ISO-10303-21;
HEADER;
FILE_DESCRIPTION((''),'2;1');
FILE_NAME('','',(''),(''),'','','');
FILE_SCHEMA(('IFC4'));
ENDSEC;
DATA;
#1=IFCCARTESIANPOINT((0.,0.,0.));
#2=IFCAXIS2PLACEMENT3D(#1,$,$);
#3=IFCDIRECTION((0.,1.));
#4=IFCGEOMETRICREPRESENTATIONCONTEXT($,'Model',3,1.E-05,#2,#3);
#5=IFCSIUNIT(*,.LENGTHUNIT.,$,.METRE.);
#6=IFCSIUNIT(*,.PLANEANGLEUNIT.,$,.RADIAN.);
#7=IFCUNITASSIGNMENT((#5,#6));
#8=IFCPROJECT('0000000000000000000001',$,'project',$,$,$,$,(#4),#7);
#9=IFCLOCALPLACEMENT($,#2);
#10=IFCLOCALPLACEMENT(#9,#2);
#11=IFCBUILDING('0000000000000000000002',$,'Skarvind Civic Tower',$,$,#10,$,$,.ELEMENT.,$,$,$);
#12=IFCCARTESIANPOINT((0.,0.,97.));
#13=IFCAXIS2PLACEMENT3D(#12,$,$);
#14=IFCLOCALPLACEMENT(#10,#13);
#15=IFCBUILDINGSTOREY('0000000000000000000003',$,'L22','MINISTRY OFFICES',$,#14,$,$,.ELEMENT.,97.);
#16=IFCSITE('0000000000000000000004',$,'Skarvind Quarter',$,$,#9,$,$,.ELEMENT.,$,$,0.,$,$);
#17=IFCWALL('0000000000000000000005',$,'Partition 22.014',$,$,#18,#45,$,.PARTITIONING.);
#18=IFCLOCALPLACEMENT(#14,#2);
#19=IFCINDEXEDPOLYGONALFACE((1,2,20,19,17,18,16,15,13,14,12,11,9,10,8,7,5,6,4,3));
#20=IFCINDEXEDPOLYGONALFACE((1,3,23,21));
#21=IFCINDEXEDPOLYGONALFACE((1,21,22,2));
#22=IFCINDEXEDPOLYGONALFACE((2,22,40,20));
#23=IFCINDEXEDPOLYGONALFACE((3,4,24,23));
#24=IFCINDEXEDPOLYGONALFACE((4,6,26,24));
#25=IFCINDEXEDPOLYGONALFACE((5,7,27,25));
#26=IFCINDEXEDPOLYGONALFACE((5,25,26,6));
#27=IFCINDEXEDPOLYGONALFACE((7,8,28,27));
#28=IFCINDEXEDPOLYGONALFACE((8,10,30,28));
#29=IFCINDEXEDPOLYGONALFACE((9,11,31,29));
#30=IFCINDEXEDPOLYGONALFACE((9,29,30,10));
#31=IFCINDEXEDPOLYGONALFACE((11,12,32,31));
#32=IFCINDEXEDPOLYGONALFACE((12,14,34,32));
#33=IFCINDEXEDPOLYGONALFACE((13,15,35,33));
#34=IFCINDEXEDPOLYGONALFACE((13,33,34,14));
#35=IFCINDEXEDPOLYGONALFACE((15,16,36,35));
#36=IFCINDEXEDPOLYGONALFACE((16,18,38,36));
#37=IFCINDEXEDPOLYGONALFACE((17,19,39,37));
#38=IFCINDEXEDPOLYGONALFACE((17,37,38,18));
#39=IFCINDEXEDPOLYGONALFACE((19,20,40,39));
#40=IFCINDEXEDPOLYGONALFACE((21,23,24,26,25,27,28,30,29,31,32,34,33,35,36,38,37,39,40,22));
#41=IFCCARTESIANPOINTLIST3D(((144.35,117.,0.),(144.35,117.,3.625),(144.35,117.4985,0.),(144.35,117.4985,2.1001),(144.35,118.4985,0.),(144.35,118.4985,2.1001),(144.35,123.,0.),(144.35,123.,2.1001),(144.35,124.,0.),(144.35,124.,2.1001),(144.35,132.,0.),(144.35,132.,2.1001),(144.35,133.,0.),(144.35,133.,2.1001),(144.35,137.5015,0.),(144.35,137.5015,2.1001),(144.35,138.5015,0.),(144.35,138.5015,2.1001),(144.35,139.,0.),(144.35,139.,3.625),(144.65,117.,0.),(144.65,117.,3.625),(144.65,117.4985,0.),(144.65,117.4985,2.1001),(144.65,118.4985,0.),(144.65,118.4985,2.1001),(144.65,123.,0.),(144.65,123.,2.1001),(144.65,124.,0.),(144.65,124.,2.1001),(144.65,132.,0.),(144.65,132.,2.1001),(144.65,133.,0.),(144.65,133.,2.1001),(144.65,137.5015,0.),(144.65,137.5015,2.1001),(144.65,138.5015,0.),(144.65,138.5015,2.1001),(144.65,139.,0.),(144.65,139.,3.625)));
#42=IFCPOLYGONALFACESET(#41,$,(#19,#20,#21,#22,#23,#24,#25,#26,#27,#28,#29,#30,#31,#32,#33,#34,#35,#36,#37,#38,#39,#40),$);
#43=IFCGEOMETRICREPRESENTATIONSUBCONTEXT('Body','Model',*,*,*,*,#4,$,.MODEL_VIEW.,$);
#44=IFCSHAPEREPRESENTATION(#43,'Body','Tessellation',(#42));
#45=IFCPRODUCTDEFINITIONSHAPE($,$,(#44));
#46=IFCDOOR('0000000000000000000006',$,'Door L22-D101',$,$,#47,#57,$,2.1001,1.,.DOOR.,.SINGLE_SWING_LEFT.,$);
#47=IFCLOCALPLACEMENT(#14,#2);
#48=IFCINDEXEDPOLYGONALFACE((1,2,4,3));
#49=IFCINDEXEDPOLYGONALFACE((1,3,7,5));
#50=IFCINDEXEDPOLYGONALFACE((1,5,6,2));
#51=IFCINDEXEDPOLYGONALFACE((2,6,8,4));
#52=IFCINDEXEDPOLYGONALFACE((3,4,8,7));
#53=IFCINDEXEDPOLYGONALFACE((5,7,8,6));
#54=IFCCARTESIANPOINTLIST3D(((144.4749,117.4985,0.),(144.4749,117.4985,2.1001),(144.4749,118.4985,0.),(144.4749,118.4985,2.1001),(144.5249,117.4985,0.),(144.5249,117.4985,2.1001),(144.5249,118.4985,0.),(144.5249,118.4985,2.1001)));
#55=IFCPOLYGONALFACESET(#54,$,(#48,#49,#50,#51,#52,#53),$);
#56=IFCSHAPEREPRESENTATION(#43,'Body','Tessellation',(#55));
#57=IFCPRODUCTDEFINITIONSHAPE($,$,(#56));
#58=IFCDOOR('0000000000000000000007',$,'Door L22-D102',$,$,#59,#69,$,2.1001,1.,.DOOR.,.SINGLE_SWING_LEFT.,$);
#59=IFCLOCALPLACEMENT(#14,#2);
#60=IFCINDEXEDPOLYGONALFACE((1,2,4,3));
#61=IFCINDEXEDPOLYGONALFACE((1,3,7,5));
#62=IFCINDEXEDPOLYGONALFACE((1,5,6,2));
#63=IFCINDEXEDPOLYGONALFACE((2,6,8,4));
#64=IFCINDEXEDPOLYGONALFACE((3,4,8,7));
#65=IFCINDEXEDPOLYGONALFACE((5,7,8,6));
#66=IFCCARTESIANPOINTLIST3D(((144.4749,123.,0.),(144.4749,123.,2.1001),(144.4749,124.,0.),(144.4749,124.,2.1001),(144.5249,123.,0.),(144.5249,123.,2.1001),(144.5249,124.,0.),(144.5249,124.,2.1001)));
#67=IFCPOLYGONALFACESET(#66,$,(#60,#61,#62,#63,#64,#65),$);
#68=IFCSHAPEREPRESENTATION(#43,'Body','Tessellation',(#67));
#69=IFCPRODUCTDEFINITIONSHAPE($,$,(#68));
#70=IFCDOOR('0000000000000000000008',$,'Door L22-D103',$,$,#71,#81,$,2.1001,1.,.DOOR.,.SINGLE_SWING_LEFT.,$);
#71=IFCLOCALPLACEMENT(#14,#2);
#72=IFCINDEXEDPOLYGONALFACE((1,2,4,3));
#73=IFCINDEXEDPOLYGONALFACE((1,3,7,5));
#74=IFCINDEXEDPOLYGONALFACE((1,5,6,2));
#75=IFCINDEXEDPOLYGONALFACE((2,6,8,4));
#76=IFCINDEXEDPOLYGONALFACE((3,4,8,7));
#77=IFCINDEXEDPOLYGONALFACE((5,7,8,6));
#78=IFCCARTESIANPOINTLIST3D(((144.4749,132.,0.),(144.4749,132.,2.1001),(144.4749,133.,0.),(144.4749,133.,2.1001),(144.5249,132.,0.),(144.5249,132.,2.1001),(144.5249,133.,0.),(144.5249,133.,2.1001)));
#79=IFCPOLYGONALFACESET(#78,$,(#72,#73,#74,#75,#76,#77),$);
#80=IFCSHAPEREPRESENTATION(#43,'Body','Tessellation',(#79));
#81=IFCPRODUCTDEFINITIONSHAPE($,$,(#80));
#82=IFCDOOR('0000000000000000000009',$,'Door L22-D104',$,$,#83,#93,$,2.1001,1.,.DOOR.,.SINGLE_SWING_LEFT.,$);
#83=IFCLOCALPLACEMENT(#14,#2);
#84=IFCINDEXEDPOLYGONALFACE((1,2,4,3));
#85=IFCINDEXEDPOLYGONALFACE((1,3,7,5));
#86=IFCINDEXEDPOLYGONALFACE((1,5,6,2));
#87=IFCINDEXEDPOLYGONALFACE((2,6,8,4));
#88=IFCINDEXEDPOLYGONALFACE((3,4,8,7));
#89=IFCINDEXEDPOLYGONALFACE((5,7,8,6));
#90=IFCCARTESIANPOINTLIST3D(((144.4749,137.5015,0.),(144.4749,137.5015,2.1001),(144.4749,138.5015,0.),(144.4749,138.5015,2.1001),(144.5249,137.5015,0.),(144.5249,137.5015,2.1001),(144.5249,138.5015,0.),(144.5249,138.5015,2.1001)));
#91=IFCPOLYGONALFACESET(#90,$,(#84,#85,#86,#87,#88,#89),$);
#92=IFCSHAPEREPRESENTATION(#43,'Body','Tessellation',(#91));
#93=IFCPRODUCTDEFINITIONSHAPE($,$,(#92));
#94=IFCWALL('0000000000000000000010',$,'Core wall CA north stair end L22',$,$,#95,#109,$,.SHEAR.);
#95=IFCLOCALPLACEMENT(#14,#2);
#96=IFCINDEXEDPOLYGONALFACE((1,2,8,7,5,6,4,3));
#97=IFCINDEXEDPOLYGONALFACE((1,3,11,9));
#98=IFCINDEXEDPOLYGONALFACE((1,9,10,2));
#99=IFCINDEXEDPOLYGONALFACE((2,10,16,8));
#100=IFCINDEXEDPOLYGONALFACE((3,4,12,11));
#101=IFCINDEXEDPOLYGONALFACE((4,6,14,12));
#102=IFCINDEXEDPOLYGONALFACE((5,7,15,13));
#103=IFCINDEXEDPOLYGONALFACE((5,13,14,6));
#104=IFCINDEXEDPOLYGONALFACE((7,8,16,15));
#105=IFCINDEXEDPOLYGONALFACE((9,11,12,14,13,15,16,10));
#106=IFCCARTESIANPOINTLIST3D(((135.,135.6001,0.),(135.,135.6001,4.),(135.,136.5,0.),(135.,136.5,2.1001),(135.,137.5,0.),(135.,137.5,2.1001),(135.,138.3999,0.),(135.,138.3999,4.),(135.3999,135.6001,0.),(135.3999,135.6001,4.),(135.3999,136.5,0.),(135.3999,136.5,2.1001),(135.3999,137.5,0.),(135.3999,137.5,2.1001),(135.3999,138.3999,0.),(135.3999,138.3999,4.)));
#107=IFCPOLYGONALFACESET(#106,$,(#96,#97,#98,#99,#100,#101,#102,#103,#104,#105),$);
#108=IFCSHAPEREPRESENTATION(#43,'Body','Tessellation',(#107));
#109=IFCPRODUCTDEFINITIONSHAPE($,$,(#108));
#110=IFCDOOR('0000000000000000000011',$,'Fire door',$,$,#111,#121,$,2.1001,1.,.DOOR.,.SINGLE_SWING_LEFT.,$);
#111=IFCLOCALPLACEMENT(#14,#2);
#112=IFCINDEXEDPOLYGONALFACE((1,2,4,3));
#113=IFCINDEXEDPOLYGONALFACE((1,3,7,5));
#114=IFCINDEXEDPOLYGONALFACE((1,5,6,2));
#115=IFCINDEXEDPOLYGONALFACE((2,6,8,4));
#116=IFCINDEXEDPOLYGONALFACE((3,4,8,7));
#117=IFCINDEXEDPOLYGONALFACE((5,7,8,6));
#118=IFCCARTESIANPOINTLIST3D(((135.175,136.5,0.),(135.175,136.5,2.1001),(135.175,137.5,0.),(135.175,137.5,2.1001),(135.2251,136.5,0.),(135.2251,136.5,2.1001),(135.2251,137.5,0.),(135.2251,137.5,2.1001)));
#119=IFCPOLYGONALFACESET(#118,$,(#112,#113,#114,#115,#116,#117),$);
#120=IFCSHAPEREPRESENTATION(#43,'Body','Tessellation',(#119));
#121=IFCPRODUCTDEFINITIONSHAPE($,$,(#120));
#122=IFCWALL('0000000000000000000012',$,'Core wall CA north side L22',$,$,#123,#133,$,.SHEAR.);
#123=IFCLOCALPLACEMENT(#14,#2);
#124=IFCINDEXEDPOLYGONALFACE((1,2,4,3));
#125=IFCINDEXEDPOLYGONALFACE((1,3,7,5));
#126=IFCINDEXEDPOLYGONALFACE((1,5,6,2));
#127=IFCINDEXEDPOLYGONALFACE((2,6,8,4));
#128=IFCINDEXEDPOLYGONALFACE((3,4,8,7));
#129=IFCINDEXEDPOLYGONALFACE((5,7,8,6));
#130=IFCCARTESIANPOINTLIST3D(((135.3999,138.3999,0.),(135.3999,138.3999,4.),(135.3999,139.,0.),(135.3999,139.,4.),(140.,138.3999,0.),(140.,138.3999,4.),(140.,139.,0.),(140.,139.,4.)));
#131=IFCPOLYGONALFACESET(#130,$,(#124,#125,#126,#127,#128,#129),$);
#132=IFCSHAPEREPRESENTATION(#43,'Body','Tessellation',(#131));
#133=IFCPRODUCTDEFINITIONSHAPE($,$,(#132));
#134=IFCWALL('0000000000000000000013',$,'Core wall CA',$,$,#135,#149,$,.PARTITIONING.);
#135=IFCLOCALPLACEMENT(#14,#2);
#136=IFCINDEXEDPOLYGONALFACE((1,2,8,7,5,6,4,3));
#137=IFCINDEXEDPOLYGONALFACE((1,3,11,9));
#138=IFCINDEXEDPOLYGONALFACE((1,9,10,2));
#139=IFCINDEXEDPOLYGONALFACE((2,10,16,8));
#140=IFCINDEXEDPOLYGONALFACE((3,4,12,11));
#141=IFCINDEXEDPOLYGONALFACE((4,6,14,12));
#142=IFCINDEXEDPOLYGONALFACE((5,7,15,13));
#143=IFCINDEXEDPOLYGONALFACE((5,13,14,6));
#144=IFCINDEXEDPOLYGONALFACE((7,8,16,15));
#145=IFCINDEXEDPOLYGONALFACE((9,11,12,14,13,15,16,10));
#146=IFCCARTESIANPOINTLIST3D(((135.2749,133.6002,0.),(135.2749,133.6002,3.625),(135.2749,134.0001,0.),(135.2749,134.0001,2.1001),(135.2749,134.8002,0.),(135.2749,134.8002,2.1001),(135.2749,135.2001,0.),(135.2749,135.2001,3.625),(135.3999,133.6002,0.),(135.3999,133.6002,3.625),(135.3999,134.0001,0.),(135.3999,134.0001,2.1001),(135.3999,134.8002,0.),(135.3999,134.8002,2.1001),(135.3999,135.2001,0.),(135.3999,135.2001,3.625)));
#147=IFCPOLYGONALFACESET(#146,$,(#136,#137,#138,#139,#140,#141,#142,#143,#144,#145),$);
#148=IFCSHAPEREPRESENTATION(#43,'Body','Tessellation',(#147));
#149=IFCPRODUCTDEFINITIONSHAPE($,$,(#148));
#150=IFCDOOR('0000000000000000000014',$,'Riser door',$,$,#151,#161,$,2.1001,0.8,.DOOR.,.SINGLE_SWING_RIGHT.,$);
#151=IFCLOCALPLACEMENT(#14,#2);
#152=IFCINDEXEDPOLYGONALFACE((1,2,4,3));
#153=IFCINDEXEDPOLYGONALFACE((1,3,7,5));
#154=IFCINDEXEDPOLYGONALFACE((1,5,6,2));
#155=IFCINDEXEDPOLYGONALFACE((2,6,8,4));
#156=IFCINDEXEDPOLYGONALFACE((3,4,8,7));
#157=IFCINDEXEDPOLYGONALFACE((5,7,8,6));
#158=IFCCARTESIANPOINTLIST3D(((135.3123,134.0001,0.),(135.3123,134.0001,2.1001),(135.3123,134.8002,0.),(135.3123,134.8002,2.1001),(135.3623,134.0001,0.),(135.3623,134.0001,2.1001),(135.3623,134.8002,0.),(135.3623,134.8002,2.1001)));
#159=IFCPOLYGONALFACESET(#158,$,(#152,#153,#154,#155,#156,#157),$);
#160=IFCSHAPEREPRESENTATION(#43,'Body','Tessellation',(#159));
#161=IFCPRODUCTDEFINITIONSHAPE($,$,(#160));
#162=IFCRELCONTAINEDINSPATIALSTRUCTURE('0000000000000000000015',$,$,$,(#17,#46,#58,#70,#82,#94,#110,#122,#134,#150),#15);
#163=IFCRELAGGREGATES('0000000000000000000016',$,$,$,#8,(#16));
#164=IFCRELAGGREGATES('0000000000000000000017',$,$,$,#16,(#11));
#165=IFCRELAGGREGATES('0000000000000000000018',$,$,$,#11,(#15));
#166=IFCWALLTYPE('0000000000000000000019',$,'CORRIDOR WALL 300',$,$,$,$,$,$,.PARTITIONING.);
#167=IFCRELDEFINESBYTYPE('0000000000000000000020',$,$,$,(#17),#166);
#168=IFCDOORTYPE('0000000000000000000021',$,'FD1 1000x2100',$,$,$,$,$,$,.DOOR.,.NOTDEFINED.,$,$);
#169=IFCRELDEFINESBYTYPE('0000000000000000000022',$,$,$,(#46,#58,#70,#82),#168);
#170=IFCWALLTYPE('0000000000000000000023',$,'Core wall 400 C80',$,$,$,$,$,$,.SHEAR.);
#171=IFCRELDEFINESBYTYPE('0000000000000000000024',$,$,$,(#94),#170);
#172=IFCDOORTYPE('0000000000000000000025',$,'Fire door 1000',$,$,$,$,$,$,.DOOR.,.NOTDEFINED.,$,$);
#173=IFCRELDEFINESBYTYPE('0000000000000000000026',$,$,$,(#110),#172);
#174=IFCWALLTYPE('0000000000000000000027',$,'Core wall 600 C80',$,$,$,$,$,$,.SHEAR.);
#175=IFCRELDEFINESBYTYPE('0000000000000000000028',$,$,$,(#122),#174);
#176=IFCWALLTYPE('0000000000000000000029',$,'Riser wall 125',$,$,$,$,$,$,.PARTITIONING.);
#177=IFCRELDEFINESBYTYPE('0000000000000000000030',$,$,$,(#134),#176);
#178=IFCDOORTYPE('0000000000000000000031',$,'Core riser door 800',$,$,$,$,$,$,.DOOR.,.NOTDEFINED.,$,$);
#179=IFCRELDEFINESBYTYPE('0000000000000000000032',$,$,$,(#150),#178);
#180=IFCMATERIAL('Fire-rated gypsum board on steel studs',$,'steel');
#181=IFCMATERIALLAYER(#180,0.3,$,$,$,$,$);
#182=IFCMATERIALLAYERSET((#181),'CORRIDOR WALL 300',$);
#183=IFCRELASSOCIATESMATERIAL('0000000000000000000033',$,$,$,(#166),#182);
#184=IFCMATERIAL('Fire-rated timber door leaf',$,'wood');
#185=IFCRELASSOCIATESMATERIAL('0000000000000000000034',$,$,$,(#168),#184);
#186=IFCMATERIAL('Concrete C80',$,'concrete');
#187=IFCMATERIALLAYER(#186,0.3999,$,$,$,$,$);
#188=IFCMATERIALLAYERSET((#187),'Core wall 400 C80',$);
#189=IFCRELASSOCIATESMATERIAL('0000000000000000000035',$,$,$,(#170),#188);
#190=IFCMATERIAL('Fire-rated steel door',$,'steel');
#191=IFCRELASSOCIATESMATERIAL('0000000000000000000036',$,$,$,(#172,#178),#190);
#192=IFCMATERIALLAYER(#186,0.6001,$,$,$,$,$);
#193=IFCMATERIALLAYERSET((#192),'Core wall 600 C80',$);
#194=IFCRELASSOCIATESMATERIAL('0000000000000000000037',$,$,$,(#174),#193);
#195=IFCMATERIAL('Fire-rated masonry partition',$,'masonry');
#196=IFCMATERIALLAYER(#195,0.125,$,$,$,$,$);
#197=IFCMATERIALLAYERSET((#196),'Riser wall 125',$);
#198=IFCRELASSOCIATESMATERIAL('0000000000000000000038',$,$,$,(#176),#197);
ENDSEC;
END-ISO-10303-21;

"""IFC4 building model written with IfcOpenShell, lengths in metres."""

from ifc_helpers import new_model, si_unit, direction, frame, frame_2d, origin, place, context, subcontext, project, spatial, rectangle, extrude, material, layer, layer_set, type_object, element, fill, save


model = new_model("IFC4")

# Units and contexts
model_context = context("Model", 3, precision=1e-05, world=origin(), true_north=direction((0.0, 1.0)))
body_context = subcontext(model_context, "Body", "Model", "MODEL_VIEW")
ifc_project = project(units=[si_unit("LENGTHUNIT", "METRE"), si_unit("PLANEANGLEUNIT", "RADIAN")], contexts=[model_context])

# Site, building, storey
site_placement = place(None, origin())
site = spatial("IfcSite", under=ifc_project, at=site_placement, Name="Skarvind Quarter", CompositionType="ELEMENT", RefElevation=0.0)
building_placement = place(site_placement, origin())
building = spatial("IfcBuilding", under=site, at=building_placement, Name="Skarvind Civic Tower", CompositionType="ELEMENT")
storey_placement = place(building_placement, frame((0.0, 0.0, 97.0)))
storey = spatial("IfcBuildingStorey", under=building, at=storey_placement, Name="L22", Description="MINISTRY OFFICES", CompositionType="ELEMENT", Elevation=97.0)

# Shared definitions
ifc_material_1 = material(Name="Fire-rated gypsum board on steel studs", Category="steel")
ifc_layer_1 = layer(ifc_material_1, 0.3)
ifc_layer_set_1 = layer_set([ifc_layer_1], Name="CORRIDOR WALL 300")
wall_type_1 = type_object("IfcWallType", Name="CORRIDOR WALL 300", PredefinedType="PARTITIONING", material=ifc_layer_set_1)
ifc_material_2 = material(Name="Fire-rated timber door leaf", Category="wood")
door_type_1 = type_object("IfcDoorType", Name="FD1 1000x2100", OperationType="NOTDEFINED", PredefinedType="DOOR", material=ifc_material_2)

# Wall, openings, doors
wall_1_placement = place(storey_placement, frame((144.5, 139.0, 0.0), z_axis=(0.0, 0.0, 1.0), x_axis=(0.0, -1.0, 0.0)))
wall_1 = element("IfcWall", 1, at=wall_1_placement, inside=storey, type_object=wall_type_1, Name="Partition 22.014", PredefinedType="PARTITIONING", context=body_context, shape_type="SweptSolid", body=[
    extrude(rectangle(XDim=22.0, YDim=0.3, at=frame_2d((11.0, 0.0))), origin(), (0.0, 0.0, 1.0), 3.625),
])
opening_1_placement = place(wall_1_placement, frame((20.5015, 0.0, 0.0)))
opening_1 = element("IfcOpeningElement", 2, at=opening_1_placement, cuts=wall_1, PredefinedType="OPENING", context=body_context, shape_type="SweptSolid", body=[
    extrude(rectangle(XDim=1.0, YDim=2.1001, at=frame_2d((0.5, 1.05))), frame((0.0, 0.1599, 0.0), z_axis=(0.0, -1.0, 0.0), x_axis=(1.0, 0.0, 0.0)), (0.0, 0.0, 1.0), 0.3201),
])
opening_2_placement = place(wall_1_placement, frame((15.0, 0.0, 0.0)))
opening_2 = element("IfcOpeningElement", 3, at=opening_2_placement, cuts=wall_1, PredefinedType="OPENING", context=body_context, shape_type="SweptSolid", body=[
    extrude(rectangle(XDim=1.0, YDim=2.1001, at=frame_2d((0.5, 1.05))), frame((0.0, 0.1599, 0.0), z_axis=(0.0, -1.0, 0.0), x_axis=(1.0, 0.0, 0.0)), (0.0, 0.0, 1.0), 0.3201),
])
opening_3_placement = place(wall_1_placement, frame((6.0, 0.0, 0.0)))
opening_3 = element("IfcOpeningElement", 4, at=opening_3_placement, cuts=wall_1, PredefinedType="OPENING", context=body_context, shape_type="SweptSolid", body=[
    extrude(rectangle(XDim=1.0, YDim=2.1001, at=frame_2d((0.5, 1.05))), frame((0.0, 0.1599, 0.0), z_axis=(0.0, -1.0, 0.0), x_axis=(1.0, 0.0, 0.0)), (0.0, 0.0, 1.0), 0.3201),
])
opening_4_placement = place(wall_1_placement, frame((0.4985, 0.0, 0.0)))
opening_4 = element("IfcOpeningElement", 5, at=opening_4_placement, cuts=wall_1, PredefinedType="OPENING", context=body_context, shape_type="SweptSolid", body=[
    extrude(rectangle(XDim=1.0, YDim=2.1001, at=frame_2d((0.5, 1.05))), frame((0.0, 0.1599, 0.0), z_axis=(0.0, -1.0, 0.0), x_axis=(1.0, 0.0, 0.0)), (0.0, 0.0, 1.0), 0.3201),
])
door_1_placement = place(opening_1_placement, origin())
door_1 = element("IfcDoor", 6, at=door_1_placement, inside=storey, type_object=door_type_1, Name="Door L22-D101", OperationType="SINGLE_SWING_LEFT", OverallHeight=2.1001, OverallWidth=1.0, PredefinedType="DOOR", context=body_context, shape_type="SweptSolid", body=[
    extrude(rectangle(XDim=1.0, YDim=2.1001, at=frame_2d((0.5, 1.05))), frame((0.0, 0.0249, 0.0), z_axis=(0.0, -1.0, 0.0), x_axis=(1.0, 0.0, 0.0)), (0.0, 0.0, 1.0), 0.05),
])
fill(opening_1, door_1)
door_2_placement = place(opening_2_placement, origin())
door_2 = element("IfcDoor", 7, at=door_2_placement, inside=storey, type_object=door_type_1, Name="Door L22-D102", OperationType="SINGLE_SWING_LEFT", OverallHeight=2.1001, OverallWidth=1.0, PredefinedType="DOOR", context=body_context, shape_type="SweptSolid", body=[
    extrude(rectangle(XDim=1.0, YDim=2.1001, at=frame_2d((0.5, 1.05))), frame((0.0, 0.0249, 0.0), z_axis=(0.0, -1.0, 0.0), x_axis=(1.0, 0.0, 0.0)), (0.0, 0.0, 1.0), 0.05),
])
fill(opening_2, door_2)
door_3_placement = place(opening_3_placement, origin())
door_3 = element("IfcDoor", 8, at=door_3_placement, inside=storey, type_object=door_type_1, Name="Door L22-D103", OperationType="SINGLE_SWING_LEFT", OverallHeight=2.1001, OverallWidth=1.0, PredefinedType="DOOR", context=body_context, shape_type="SweptSolid", body=[
    extrude(rectangle(XDim=1.0, YDim=2.1001, at=frame_2d((0.5, 1.05))), frame((0.0, 0.0249, 0.0), z_axis=(0.0, -1.0, 0.0), x_axis=(1.0, 0.0, 0.0)), (0.0, 0.0, 1.0), 0.05),
])
fill(opening_3, door_3)
door_4_placement = place(opening_4_placement, origin())
door_4 = element("IfcDoor", 9, at=door_4_placement, inside=storey, type_object=door_type_1, Name="Door L22-D104", OperationType="SINGLE_SWING_LEFT", OverallHeight=2.1001, OverallWidth=1.0, PredefinedType="DOOR", context=body_context, shape_type="SweptSolid", body=[
    extrude(rectangle(XDim=1.0, YDim=2.1001, at=frame_2d((0.5, 1.05))), frame((0.0, 0.0249, 0.0), z_axis=(0.0, -1.0, 0.0), x_axis=(1.0, 0.0, 0.0)), (0.0, 0.0, 1.0), 0.05),
])
fill(opening_4, door_4)

# Wall, opening, door
ifc_material_3 = material(Name="Concrete C80", Category="concrete")
ifc_layer_2 = layer(ifc_material_3, 0.3999)
ifc_layer_set_2 = layer_set([ifc_layer_2], Name="Core wall 400 C80")
wall_type_2 = type_object("IfcWallType", Name="Core wall 400 C80", PredefinedType="SHEAR", material=ifc_layer_set_2)
wall_2_placement = place(storey_placement, frame((135.2, 135.6001, 0.0), z_axis=(0.0, 0.0, 1.0), x_axis=(0.0, 1.0, 0.0)))
wall_2 = element("IfcWall", 10, at=wall_2_placement, inside=storey, type_object=wall_type_2, Name="Core wall CA north stair end L22", PredefinedType="SHEAR", context=body_context, shape_type="SweptSolid", body=[
    extrude(rectangle(XDim=2.7998, YDim=0.3999, at=frame_2d((1.3999, 0.0))), origin(), (0.0, 0.0, 1.0), 4.0),
])
opening_5_placement = place(wall_2_placement, frame((0.8999, 0.0, 0.0)))
opening_5 = element("IfcOpeningElement", 11, at=opening_5_placement, cuts=wall_2, PredefinedType="OPENING", context=body_context, shape_type="SweptSolid", body=[
    extrude(rectangle(XDim=1.0, YDim=2.1001, at=frame_2d((0.5, 1.05))), frame((0.0, 0.21, 0.0), z_axis=(0.0, -1.0, 0.0), x_axis=(1.0, 0.0, 0.0)), (0.0, 0.0, 1.0), 0.4199),
])
ifc_material_4 = material(Name="Fire-rated steel door", Category="steel")
door_type_2 = type_object("IfcDoorType", Name="Fire door 1000", OperationType="NOTDEFINED", PredefinedType="DOOR", material=ifc_material_4)
door_5_placement = place(opening_5_placement, origin())
door_5 = element("IfcDoor", 12, at=door_5_placement, inside=storey, type_object=door_type_2, Name="Fire door", OperationType="SINGLE_SWING_LEFT", OverallHeight=2.1001, OverallWidth=1.0, PredefinedType="DOOR", context=body_context, shape_type="SweptSolid", body=[
    extrude(rectangle(XDim=1.0, YDim=2.1001, at=frame_2d((0.5, 1.05))), frame((0.0, 0.0249, 0.0), z_axis=(0.0, -1.0, 0.0), x_axis=(1.0, 0.0, 0.0)), (0.0, 0.0, 1.0), 0.05),
])
fill(opening_5, door_5)

# Wall
ifc_layer_3 = layer(ifc_material_3, 0.6001)
ifc_layer_set_3 = layer_set([ifc_layer_3], Name="Core wall 600 C80")
wall_type_3 = type_object("IfcWallType", Name="Core wall 600 C80", PredefinedType="SHEAR", material=ifc_layer_set_3)
wall_3_placement = place(storey_placement, frame((135.3999, 138.7, 0.0), z_axis=(0.0, 0.0, 1.0), x_axis=(1.0, 0.0, 0.0)))
element("IfcWall", 13, at=wall_3_placement, inside=storey, type_object=wall_type_3, Name="Core wall CA north side L22", PredefinedType="SHEAR", context=body_context, shape_type="SweptSolid", body=[
    extrude(rectangle(XDim=4.6001, YDim=0.6001, at=frame_2d((2.3, 0.0))), origin(), (0.0, 0.0, 1.0), 4.0),
])

# Wall, opening, door
ifc_material_5 = material(Name="Fire-rated masonry partition", Category="masonry")
ifc_layer_4 = layer(ifc_material_5, 0.125)
ifc_layer_set_4 = layer_set([ifc_layer_4], Name="Riser wall 125")
wall_type_4 = type_object("IfcWallType", Name="Riser wall 125", PredefinedType="PARTITIONING", material=ifc_layer_set_4)
wall_4_placement = place(storey_placement, frame((135.3374, 135.2, 0.0), z_axis=(0.0, 0.0, 1.0), x_axis=(0.0, -1.0, 0.0)))
wall_4 = element("IfcWall", 14, at=wall_4_placement, inside=storey, type_object=wall_type_4, Name="Core wall CA", PredefinedType="PARTITIONING", context=body_context, shape_type="SweptSolid", body=[
    extrude(rectangle(XDim=1.5999, YDim=0.125, at=frame_2d((0.7998, 0.0))), origin(), (0.0, 0.0, 1.0), 3.625),
])
opening_6_placement = place(wall_4_placement, frame((0.3999, 0.0, 0.0)))
opening_6 = element("IfcOpeningElement", 15, at=opening_6_placement, cuts=wall_4, PredefinedType="OPENING", context=body_context, shape_type="SweptSolid", body=[
    extrude(rectangle(XDim=0.8, YDim=2.1001, at=frame_2d((0.3999, 1.05))), frame((0.0, 0.0725, 0.0), z_axis=(0.0, -1.0, 0.0), x_axis=(1.0, 0.0, 0.0)), (0.0, 0.0, 1.0), 0.145),
])
door_type_3 = type_object("IfcDoorType", Name="Core riser door 800", OperationType="NOTDEFINED", PredefinedType="DOOR", material=ifc_material_4)
door_6_placement = place(opening_6_placement, origin())
door_6 = element("IfcDoor", 16, at=door_6_placement, inside=storey, type_object=door_type_3, Name="Riser door", OperationType="SINGLE_SWING_RIGHT", OverallHeight=2.1001, OverallWidth=0.8, PredefinedType="DOOR", context=body_context, shape_type="SweptSolid", body=[
    extrude(rectangle(XDim=0.8, YDim=2.1001, at=frame_2d((0.3999, 1.05))), frame((0.0, 0.0249, 0.0), z_axis=(0.0, -1.0, 0.0), x_axis=(1.0, 0.0, 0.0)), (0.0, 0.0, 1.0), 0.05),
])
fill(opening_6, door_6)

save(model, "model.ifc")
